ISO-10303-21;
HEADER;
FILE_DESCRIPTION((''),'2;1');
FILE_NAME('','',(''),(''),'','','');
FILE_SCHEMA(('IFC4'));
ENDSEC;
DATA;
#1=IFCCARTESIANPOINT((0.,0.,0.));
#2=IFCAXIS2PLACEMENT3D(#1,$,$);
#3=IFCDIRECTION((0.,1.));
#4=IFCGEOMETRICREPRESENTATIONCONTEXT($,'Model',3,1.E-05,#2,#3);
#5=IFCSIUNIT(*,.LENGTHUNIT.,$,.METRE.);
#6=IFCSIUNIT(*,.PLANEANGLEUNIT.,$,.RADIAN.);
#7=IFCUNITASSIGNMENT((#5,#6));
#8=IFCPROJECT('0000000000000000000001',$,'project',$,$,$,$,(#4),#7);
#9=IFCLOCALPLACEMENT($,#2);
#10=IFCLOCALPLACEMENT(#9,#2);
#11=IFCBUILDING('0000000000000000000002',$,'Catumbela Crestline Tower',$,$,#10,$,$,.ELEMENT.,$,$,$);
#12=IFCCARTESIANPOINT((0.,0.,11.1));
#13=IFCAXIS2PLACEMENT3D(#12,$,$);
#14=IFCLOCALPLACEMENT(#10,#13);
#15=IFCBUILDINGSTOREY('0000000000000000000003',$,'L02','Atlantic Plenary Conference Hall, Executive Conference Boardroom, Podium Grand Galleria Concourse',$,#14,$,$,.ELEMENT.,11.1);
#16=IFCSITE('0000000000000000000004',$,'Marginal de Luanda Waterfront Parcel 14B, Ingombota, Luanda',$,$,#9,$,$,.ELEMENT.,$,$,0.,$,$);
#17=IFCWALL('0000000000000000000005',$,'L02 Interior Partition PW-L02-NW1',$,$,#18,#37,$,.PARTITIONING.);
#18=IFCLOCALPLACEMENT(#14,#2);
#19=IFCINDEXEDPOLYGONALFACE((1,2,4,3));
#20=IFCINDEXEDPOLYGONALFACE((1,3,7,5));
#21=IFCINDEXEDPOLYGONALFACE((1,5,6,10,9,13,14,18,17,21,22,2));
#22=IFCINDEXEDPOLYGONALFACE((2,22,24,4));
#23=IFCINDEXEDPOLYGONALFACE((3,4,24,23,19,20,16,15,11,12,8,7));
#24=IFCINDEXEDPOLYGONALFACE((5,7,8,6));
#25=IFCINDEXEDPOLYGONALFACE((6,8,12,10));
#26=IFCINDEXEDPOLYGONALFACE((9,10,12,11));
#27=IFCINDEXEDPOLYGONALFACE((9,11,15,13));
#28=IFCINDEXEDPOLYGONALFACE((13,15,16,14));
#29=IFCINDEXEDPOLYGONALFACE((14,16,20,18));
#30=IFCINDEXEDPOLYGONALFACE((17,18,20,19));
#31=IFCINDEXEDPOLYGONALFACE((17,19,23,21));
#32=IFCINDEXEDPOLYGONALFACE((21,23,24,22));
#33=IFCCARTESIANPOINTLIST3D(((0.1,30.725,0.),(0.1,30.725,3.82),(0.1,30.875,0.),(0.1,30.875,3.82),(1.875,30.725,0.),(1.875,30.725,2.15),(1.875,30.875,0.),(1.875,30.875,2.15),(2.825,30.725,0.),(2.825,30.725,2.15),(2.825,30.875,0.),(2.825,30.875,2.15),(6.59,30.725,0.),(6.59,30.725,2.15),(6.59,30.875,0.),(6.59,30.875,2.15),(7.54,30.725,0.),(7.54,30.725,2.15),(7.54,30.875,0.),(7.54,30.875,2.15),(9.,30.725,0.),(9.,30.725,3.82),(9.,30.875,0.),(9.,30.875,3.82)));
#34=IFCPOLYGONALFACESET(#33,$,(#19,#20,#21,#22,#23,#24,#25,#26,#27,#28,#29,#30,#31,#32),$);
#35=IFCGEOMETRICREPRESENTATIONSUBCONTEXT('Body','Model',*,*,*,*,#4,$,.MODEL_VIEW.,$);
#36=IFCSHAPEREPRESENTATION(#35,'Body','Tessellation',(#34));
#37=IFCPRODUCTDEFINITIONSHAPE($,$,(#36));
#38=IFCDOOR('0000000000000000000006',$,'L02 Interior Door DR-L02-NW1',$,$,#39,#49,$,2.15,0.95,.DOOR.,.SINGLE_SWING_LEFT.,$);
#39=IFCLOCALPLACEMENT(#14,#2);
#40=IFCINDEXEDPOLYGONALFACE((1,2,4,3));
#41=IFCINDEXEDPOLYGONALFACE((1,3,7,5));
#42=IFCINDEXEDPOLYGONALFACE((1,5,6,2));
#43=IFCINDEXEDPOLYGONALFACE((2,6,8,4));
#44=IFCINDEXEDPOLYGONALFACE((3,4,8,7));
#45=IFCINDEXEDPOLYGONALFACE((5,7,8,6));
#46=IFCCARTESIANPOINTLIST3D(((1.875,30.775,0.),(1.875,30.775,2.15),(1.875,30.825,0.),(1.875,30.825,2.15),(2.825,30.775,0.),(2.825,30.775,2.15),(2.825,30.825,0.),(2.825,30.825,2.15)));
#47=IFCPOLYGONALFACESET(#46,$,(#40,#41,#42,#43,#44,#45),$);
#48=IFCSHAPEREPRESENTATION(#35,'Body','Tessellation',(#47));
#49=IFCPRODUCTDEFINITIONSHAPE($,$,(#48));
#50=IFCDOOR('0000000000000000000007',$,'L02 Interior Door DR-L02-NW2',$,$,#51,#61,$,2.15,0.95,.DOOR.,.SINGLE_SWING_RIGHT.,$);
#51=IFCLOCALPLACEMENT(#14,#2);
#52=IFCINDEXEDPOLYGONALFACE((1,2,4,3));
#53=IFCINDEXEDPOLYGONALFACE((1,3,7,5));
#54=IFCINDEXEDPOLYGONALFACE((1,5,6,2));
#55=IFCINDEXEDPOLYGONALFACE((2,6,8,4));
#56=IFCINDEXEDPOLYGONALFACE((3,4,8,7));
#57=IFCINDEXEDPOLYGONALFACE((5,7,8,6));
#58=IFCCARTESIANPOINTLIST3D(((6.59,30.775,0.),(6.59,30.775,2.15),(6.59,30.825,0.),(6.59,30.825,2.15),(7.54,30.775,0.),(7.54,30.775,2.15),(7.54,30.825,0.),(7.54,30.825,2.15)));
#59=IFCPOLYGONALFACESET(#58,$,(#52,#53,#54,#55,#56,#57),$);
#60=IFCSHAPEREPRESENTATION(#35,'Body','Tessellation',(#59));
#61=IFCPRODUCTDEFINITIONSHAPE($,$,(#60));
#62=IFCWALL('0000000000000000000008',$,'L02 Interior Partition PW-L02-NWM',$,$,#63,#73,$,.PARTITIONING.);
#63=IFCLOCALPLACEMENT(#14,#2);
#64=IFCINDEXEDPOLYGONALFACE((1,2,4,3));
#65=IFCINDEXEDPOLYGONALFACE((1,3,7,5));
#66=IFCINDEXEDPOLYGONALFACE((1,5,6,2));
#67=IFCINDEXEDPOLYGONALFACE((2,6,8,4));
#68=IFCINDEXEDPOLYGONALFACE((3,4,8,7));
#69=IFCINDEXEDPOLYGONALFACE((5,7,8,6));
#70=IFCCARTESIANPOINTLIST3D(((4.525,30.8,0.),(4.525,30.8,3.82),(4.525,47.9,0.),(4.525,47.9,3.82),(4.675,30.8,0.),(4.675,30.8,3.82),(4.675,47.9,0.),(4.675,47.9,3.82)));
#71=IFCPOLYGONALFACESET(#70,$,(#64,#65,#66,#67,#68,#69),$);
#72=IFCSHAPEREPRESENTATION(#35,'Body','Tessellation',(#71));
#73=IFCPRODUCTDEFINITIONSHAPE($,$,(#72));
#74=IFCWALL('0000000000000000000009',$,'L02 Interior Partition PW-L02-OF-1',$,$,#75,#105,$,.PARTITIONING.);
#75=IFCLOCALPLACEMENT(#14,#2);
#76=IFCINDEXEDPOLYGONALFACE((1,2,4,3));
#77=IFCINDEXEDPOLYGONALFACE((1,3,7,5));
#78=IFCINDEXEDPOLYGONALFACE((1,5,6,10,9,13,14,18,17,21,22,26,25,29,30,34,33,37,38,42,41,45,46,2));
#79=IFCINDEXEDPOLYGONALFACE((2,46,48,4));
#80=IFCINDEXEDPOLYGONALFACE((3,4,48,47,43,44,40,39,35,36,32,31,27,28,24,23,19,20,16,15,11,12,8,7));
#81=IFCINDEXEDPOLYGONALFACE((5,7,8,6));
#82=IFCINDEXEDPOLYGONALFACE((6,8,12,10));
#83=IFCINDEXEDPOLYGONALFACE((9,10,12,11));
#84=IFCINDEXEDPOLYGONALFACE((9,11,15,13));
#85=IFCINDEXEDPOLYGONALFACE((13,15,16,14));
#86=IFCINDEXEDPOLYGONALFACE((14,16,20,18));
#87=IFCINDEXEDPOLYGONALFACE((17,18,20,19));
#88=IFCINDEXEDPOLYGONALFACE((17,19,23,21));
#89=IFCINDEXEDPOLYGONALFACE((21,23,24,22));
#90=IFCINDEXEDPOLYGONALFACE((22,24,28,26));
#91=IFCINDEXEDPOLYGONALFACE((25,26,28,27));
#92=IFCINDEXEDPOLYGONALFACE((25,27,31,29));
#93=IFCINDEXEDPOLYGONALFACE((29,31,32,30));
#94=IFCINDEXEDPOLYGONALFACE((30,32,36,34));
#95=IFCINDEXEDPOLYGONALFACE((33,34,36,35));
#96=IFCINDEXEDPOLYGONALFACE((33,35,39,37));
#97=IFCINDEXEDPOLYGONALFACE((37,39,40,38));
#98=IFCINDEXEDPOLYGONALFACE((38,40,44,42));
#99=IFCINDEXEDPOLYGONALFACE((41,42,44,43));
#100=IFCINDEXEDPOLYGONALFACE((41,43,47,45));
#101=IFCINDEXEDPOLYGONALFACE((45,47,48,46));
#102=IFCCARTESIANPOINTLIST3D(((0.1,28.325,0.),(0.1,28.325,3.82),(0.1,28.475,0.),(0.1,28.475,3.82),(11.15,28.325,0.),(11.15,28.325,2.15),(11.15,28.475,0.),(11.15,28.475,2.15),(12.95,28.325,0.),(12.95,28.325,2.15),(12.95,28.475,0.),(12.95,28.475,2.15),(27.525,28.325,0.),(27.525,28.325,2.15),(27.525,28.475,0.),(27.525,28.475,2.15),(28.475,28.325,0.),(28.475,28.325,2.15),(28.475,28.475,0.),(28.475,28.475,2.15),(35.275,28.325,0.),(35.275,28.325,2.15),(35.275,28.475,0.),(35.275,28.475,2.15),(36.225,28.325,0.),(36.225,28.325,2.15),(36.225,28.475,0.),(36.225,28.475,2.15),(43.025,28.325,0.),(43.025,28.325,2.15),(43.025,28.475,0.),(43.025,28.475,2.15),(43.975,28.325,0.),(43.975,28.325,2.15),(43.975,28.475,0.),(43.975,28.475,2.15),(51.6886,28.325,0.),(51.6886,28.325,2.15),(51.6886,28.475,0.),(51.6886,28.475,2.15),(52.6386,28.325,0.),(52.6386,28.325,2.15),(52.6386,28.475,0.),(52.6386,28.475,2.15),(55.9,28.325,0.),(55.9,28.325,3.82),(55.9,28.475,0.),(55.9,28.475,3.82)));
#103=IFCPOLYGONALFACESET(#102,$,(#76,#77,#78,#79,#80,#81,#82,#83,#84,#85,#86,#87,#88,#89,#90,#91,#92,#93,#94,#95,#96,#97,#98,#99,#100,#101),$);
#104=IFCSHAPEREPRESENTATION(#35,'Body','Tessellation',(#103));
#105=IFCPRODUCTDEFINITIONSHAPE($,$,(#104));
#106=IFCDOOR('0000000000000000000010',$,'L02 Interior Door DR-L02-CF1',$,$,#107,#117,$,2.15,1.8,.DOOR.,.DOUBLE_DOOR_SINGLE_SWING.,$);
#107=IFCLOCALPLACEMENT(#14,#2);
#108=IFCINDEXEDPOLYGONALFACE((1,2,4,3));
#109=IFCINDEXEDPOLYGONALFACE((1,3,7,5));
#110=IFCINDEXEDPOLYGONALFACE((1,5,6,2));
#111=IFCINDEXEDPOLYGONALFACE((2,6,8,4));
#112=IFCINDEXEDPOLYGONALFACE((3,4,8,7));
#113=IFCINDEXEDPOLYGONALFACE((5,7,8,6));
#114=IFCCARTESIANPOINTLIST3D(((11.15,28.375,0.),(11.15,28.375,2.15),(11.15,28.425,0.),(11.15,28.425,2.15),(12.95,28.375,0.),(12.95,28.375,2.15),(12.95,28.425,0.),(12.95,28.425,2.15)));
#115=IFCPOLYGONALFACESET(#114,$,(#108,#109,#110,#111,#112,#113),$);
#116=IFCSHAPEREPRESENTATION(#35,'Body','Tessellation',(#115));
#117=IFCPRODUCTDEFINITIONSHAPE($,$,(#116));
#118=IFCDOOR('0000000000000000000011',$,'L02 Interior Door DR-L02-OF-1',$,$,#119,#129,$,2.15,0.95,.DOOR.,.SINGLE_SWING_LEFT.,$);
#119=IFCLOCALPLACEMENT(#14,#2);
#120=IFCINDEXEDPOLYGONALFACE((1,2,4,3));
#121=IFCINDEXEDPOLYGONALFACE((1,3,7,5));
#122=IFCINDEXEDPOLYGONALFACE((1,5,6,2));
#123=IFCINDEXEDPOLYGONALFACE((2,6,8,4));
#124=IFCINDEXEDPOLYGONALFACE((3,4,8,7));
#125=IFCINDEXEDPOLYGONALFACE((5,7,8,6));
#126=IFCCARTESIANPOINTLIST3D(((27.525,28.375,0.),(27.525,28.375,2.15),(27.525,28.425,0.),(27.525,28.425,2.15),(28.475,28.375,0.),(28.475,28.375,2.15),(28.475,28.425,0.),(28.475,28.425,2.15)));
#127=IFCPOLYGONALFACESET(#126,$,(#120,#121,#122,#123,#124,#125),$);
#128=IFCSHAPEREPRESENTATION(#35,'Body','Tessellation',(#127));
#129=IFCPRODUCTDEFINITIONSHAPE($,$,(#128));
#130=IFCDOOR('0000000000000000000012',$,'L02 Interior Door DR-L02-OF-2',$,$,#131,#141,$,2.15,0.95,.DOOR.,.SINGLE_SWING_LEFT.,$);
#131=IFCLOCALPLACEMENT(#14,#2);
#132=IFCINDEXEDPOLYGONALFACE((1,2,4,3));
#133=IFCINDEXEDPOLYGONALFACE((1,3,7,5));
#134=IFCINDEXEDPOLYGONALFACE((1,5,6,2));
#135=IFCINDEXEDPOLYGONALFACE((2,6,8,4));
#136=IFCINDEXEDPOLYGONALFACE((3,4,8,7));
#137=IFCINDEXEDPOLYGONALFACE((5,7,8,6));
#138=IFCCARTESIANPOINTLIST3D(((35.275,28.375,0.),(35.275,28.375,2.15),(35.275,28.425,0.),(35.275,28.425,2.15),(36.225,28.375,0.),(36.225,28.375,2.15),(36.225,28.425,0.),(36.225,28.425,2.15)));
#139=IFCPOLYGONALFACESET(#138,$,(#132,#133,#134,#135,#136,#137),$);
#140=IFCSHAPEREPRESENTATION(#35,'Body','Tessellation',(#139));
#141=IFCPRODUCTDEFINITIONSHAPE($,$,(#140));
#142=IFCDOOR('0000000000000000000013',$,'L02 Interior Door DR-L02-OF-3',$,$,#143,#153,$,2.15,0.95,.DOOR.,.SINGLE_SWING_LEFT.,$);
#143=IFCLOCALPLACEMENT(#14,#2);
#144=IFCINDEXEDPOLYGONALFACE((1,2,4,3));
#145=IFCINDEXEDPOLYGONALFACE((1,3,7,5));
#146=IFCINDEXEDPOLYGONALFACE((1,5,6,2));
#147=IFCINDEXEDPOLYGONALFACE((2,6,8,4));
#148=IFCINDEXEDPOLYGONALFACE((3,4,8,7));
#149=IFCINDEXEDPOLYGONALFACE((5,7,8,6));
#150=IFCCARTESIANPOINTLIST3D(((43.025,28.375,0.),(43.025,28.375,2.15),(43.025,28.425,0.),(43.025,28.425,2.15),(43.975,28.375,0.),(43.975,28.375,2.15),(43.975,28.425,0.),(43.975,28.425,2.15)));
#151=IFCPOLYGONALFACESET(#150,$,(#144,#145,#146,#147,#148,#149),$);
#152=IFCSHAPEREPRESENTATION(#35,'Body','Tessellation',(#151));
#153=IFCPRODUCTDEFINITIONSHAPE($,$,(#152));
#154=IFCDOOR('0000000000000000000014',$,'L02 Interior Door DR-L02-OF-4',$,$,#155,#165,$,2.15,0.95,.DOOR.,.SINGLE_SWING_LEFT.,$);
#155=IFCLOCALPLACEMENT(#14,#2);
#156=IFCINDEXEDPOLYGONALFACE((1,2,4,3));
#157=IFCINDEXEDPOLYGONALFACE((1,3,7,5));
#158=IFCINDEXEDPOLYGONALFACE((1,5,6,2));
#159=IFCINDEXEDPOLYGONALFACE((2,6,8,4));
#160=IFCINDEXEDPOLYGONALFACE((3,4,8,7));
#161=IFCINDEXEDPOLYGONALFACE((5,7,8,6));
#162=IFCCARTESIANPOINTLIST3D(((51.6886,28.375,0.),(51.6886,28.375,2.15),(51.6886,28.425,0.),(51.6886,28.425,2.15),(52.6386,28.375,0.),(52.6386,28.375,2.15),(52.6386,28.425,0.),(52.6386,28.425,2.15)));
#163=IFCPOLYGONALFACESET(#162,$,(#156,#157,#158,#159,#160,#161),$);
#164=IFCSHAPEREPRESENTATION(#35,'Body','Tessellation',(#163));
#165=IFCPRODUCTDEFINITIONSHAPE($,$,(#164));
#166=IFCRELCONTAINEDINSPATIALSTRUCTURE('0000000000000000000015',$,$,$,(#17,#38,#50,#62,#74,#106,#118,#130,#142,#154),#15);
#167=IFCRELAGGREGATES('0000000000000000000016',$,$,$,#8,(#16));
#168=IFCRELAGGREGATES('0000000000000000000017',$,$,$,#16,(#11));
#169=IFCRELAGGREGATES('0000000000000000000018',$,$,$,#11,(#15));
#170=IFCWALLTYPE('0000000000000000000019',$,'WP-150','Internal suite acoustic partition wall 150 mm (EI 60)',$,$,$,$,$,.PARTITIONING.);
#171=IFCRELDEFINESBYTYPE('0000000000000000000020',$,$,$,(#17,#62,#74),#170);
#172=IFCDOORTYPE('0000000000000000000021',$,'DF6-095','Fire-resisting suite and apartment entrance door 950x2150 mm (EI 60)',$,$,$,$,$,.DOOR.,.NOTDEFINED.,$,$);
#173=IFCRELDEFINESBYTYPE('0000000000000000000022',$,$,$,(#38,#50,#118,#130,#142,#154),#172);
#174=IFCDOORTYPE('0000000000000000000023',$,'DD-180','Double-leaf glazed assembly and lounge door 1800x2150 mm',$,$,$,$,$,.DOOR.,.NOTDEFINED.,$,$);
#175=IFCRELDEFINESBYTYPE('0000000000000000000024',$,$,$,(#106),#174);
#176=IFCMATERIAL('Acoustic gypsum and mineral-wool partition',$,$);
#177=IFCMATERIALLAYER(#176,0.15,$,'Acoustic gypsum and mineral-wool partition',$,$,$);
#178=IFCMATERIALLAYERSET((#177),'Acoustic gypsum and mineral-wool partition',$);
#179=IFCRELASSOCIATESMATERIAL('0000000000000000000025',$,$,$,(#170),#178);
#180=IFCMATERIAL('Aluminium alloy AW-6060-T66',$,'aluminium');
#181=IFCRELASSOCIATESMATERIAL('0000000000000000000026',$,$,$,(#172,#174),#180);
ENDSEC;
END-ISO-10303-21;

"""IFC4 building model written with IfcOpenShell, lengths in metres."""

from ifc_helpers import new_model, si_unit, direction, frame, frame_2d, origin, place, context, subcontext, project, spatial, rectangle, extrude, material, layer, layer_set, type_object, element, fill, save


model = new_model("IFC4")

# Units and contexts
model_context = context("Model", 3, precision=1e-05, world=origin(), true_north=direction((0.0, 1.0)))
body_context = subcontext(model_context, "Body", "Model", "MODEL_VIEW")
ifc_project = project(units=[si_unit("LENGTHUNIT", "METRE"), si_unit("PLANEANGLEUNIT", "RADIAN")], contexts=[model_context])

# Site, building, storey
site_placement = place(None, origin())
site = spatial("IfcSite", under=ifc_project, at=site_placement, Name="Marginal de Luanda Waterfront Parcel 14B, Ingombota, Luanda", CompositionType="ELEMENT", RefElevation=0.0)
building_placement = place(site_placement, origin())
building = spatial("IfcBuilding", under=site, at=building_placement, Name="Catumbela Crestline Tower", CompositionType="ELEMENT")
storey_placement = place(building_placement, frame((0.0, 0.0, 11.1)))
storey = spatial("IfcBuildingStorey", under=building, at=storey_placement, Name="L02", Description="Atlantic Plenary Conference Hall, Executive Conference Boardroom, Podium Grand Galleria Concourse", CompositionType="ELEMENT", Elevation=11.1)

# Shared definitions
ifc_material_1 = material(Name="Aluminium alloy AW-6060-T66", Category="aluminium")

# Wall, openings, doors
ifc_material_2 = material(Name="Acoustic gypsum and mineral-wool partition")
ifc_layer_1 = layer(ifc_material_2, 0.15, Name="Acoustic gypsum and mineral-wool partition")
ifc_layer_set_1 = layer_set([ifc_layer_1], Name="Acoustic gypsum and mineral-wool partition")
wall_type_1 = type_object("IfcWallType", Name="WP-150", Description="Internal suite acoustic partition wall 150 mm (EI 60)", PredefinedType="PARTITIONING", material=ifc_layer_set_1)
wall_1_placement = place(storey_placement, frame((0.1, 30.8, 0.0), z_axis=(0.0, 0.0, 1.0), x_axis=(1.0, 0.0, 0.0)))
wall_1 = element("IfcWall", 1, at=wall_1_placement, inside=storey, type_object=wall_type_1, Name="L02 Interior Partition PW-L02-NW1", PredefinedType="PARTITIONING", context=body_context, shape_type="SweptSolid", body=[
    extrude(rectangle(XDim=8.9, YDim=0.15, at=frame_2d((4.45, 0.0))), origin(), (0.0, 0.0, 1.0), 3.82),
])
opening_1_placement = place(wall_1_placement, frame((1.775, 0.0, 0.0)))
opening_1 = element("IfcOpeningElement", 2, at=opening_1_placement, cuts=wall_1, PredefinedType="OPENING", context=body_context, shape_type="SweptSolid", body=[
    extrude(rectangle(XDim=0.95, YDim=2.15, at=frame_2d((0.475, 1.075))), frame((0.0, 0.085, 0.0), z_axis=(0.0, -1.0, 0.0), x_axis=(1.0, 0.0, 0.0)), (0.0, 0.0, 1.0), 0.17),
])
opening_2_placement = place(wall_1_placement, frame((6.49, 0.0, 0.0)))
opening_2 = element("IfcOpeningElement", 3, at=opening_2_placement, cuts=wall_1, PredefinedType="OPENING", context=body_context, shape_type="SweptSolid", body=[
    extrude(rectangle(XDim=0.95, YDim=2.15, at=frame_2d((0.475, 1.075))), frame((0.0, 0.085, 0.0), z_axis=(0.0, -1.0, 0.0), x_axis=(1.0, 0.0, 0.0)), (0.0, 0.0, 1.0), 0.17),
])
door_type_1 = type_object("IfcDoorType", Name="DF6-095", Description="Fire-resisting suite and apartment entrance door 950x2150 mm (EI 60)", OperationType="NOTDEFINED", PredefinedType="DOOR", material=ifc_material_1)
door_1_placement = place(opening_1_placement, origin())
door_1 = element("IfcDoor", 4, at=door_1_placement, inside=storey, type_object=door_type_1, Name="L02 Interior Door DR-L02-NW1", OperationType="SINGLE_SWING_LEFT", OverallHeight=2.15, OverallWidth=0.95, PredefinedType="DOOR", context=body_context, shape_type="SweptSolid", body=[
    extrude(rectangle(XDim=0.95, YDim=2.15, at=frame_2d((0.475, 1.075))), frame((0.0, 0.025, 0.0), z_axis=(0.0, -1.0, 0.0), x_axis=(1.0, 0.0, 0.0)), (0.0, 0.0, 1.0), 0.05),
])
fill(opening_1, door_1)
door_2_placement = place(opening_2_placement, origin())
door_2 = element("IfcDoor", 5, at=door_2_placement, inside=storey, type_object=door_type_1, Name="L02 Interior Door DR-L02-NW2", OperationType="SINGLE_SWING_RIGHT", OverallHeight=2.15, OverallWidth=0.95, PredefinedType="DOOR", context=body_context, shape_type="SweptSolid", body=[
    extrude(rectangle(XDim=0.95, YDim=2.15, at=frame_2d((0.475, 1.075))), frame((0.0, 0.025, 0.0), z_axis=(0.0, -1.0, 0.0), x_axis=(1.0, 0.0, 0.0)), (0.0, 0.0, 1.0), 0.05),
])
fill(opening_2, door_2)

# Wall
wall_2_placement = place(storey_placement, frame((4.6, 30.8, 0.0), z_axis=(0.0, 0.0, 1.0), x_axis=(0.0, 1.0, 0.0)))
element("IfcWall", 6, at=wall_2_placement, inside=storey, type_object=wall_type_1, Name="L02 Interior Partition PW-L02-NWM", PredefinedType="PARTITIONING", context=body_context, shape_type="SweptSolid", body=[
    extrude(rectangle(XDim=17.1, YDim=0.15, at=frame_2d((8.55, 0.0))), origin(), (0.0, 0.0, 1.0), 3.82),
])

# Wall, openings, doors
wall_3_placement = place(storey_placement, frame((0.1, 28.4, 0.0), z_axis=(0.0, 0.0, 1.0), x_axis=(1.0, 0.0, 0.0)))
wall_3 = element("IfcWall", 7, at=wall_3_placement, inside=storey, type_object=wall_type_1, Name="L02 Interior Partition PW-L02-OF-1", PredefinedType="PARTITIONING", context=body_context, shape_type="SweptSolid", body=[
    extrude(rectangle(XDim=55.8, YDim=0.15, at=frame_2d((27.9, 0.0))), origin(), (0.0, 0.0, 1.0), 3.82),
])
opening_3_placement = place(wall_3_placement, frame((27.425, 0.0, 0.0)))
opening_3 = element("IfcOpeningElement", 8, at=opening_3_placement, cuts=wall_3, PredefinedType="OPENING", context=body_context, shape_type="SweptSolid", body=[
    extrude(rectangle(XDim=0.95, YDim=2.15, at=frame_2d((0.475, 1.075))), frame((0.0, 0.085, 0.0), z_axis=(0.0, -1.0, 0.0), x_axis=(1.0, 0.0, 0.0)), (0.0, 0.0, 1.0), 0.17),
])
opening_4_placement = place(wall_3_placement, frame((35.175, 0.0, 0.0)))
opening_4 = element("IfcOpeningElement", 9, at=opening_4_placement, cuts=wall_3, PredefinedType="OPENING", context=body_context, shape_type="SweptSolid", body=[
    extrude(rectangle(XDim=0.95, YDim=2.15, at=frame_2d((0.475, 1.075))), frame((0.0, 0.085, 0.0), z_axis=(0.0, -1.0, 0.0), x_axis=(1.0, 0.0, 0.0)), (0.0, 0.0, 1.0), 0.17),
])
opening_5_placement = place(wall_3_placement, frame((42.925, 0.0, 0.0)))
opening_5 = element("IfcOpeningElement", 10, at=opening_5_placement, cuts=wall_3, PredefinedType="OPENING", context=body_context, shape_type="SweptSolid", body=[
    extrude(rectangle(XDim=0.95, YDim=2.15, at=frame_2d((0.475, 1.075))), frame((0.0, 0.085, 0.0), z_axis=(0.0, -1.0, 0.0), x_axis=(1.0, 0.0, 0.0)), (0.0, 0.0, 1.0), 0.17),
])
opening_6_placement = place(wall_3_placement, frame((51.5886, 0.0, 0.0)))
opening_6 = element("IfcOpeningElement", 11, at=opening_6_placement, cuts=wall_3, PredefinedType="OPENING", context=body_context, shape_type="SweptSolid", body=[
    extrude(rectangle(XDim=0.95, YDim=2.15, at=frame_2d((0.475, 1.075))), frame((0.0, 0.085, 0.0), z_axis=(0.0, -1.0, 0.0), x_axis=(1.0, 0.0, 0.0)), (0.0, 0.0, 1.0), 0.17),
])
opening_7_placement = place(wall_3_placement, frame((11.05, 0.0, 0.0)))
opening_7 = element("IfcOpeningElement", 12, at=opening_7_placement, cuts=wall_3, PredefinedType="OPENING", context=body_context, shape_type="SweptSolid", body=[
    extrude(rectangle(XDim=1.8, YDim=2.15, at=frame_2d((0.9, 1.075))), frame((0.0, 0.085, 0.0), z_axis=(0.0, -1.0, 0.0), x_axis=(1.0, 0.0, 0.0)), (0.0, 0.0, 1.0), 0.17),
])
door_type_2 = type_object("IfcDoorType", Name="DD-180", Description="Double-leaf glazed assembly and lounge door 1800x2150 mm", OperationType="NOTDEFINED", PredefinedType="DOOR", material=ifc_material_1)
door_3_placement = place(opening_7_placement, origin())
door_3 = element("IfcDoor", 13, at=door_3_placement, inside=storey, type_object=door_type_2, Name="L02 Interior Door DR-L02-CF1", OperationType="DOUBLE_DOOR_SINGLE_SWING", OverallHeight=2.15, OverallWidth=1.8, PredefinedType="DOOR", context=body_context, shape_type="SweptSolid", body=[
    extrude(rectangle(XDim=1.8, YDim=2.15, at=frame_2d((0.9, 1.075))), frame((0.0, 0.025, 0.0), z_axis=(0.0, -1.0, 0.0), x_axis=(1.0, 0.0, 0.0)), (0.0, 0.0, 1.0), 0.05),
])
fill(opening_7, door_3)
door_4_placement = place(opening_3_placement, origin())
door_4 = element("IfcDoor", 14, at=door_4_placement, inside=storey, type_object=door_type_1, Name="L02 Interior Door DR-L02-OF-1", OperationType="SINGLE_SWING_LEFT", OverallHeight=2.15, OverallWidth=0.95, PredefinedType="DOOR", context=body_context, shape_type="SweptSolid", body=[
    extrude(rectangle(XDim=0.95, YDim=2.15, at=frame_2d((0.475, 1.075))), frame((0.0, 0.025, 0.0), z_axis=(0.0, -1.0, 0.0), x_axis=(1.0, 0.0, 0.0)), (0.0, 0.0, 1.0), 0.05),
])
fill(opening_3, door_4)
door_5_placement = place(opening_4_placement, origin())
door_5 = element("IfcDoor", 15, at=door_5_placement, inside=storey, type_object=door_type_1, Name="L02 Interior Door DR-L02-OF-2", OperationType="SINGLE_SWING_LEFT", OverallHeight=2.15, OverallWidth=0.95, PredefinedType="DOOR", context=body_context, shape_type="SweptSolid", body=[
    extrude(rectangle(XDim=0.95, YDim=2.15, at=frame_2d((0.475, 1.075))), frame((0.0, 0.025, 0.0), z_axis=(0.0, -1.0, 0.0), x_axis=(1.0, 0.0, 0.0)), (0.0, 0.0, 1.0), 0.05),
])
fill(opening_4, door_5)
door_6_placement = place(opening_5_placement, origin())
door_6 = element("IfcDoor", 16, at=door_6_placement, inside=storey, type_object=door_type_1, Name="L02 Interior Door DR-L02-OF-3", OperationType="SINGLE_SWING_LEFT", OverallHeight=2.15, OverallWidth=0.95, PredefinedType="DOOR", context=body_context, shape_type="SweptSolid", body=[
    extrude(rectangle(XDim=0.95, YDim=2.15, at=frame_2d((0.475, 1.075))), frame((0.0, 0.025, 0.0), z_axis=(0.0, -1.0, 0.0), x_axis=(1.0, 0.0, 0.0)), (0.0, 0.0, 1.0), 0.05),
])
fill(opening_5, door_6)
door_7_placement = place(opening_6_placement, origin())
door_7 = element("IfcDoor", 17, at=door_7_placement, inside=storey, type_object=door_type_1, Name="L02 Interior Door DR-L02-OF-4", OperationType="SINGLE_SWING_LEFT", OverallHeight=2.15, OverallWidth=0.95, PredefinedType="DOOR", context=body_context, shape_type="SweptSolid", body=[
    extrude(rectangle(XDim=0.95, YDim=2.15, at=frame_2d((0.475, 1.075))), frame((0.0, 0.025, 0.0), z_axis=(0.0, -1.0, 0.0), x_axis=(1.0, 0.0, 0.0)), (0.0, 0.0, 1.0), 0.05),
])
fill(opening_6, door_7)

save(model, "model.ifc")
